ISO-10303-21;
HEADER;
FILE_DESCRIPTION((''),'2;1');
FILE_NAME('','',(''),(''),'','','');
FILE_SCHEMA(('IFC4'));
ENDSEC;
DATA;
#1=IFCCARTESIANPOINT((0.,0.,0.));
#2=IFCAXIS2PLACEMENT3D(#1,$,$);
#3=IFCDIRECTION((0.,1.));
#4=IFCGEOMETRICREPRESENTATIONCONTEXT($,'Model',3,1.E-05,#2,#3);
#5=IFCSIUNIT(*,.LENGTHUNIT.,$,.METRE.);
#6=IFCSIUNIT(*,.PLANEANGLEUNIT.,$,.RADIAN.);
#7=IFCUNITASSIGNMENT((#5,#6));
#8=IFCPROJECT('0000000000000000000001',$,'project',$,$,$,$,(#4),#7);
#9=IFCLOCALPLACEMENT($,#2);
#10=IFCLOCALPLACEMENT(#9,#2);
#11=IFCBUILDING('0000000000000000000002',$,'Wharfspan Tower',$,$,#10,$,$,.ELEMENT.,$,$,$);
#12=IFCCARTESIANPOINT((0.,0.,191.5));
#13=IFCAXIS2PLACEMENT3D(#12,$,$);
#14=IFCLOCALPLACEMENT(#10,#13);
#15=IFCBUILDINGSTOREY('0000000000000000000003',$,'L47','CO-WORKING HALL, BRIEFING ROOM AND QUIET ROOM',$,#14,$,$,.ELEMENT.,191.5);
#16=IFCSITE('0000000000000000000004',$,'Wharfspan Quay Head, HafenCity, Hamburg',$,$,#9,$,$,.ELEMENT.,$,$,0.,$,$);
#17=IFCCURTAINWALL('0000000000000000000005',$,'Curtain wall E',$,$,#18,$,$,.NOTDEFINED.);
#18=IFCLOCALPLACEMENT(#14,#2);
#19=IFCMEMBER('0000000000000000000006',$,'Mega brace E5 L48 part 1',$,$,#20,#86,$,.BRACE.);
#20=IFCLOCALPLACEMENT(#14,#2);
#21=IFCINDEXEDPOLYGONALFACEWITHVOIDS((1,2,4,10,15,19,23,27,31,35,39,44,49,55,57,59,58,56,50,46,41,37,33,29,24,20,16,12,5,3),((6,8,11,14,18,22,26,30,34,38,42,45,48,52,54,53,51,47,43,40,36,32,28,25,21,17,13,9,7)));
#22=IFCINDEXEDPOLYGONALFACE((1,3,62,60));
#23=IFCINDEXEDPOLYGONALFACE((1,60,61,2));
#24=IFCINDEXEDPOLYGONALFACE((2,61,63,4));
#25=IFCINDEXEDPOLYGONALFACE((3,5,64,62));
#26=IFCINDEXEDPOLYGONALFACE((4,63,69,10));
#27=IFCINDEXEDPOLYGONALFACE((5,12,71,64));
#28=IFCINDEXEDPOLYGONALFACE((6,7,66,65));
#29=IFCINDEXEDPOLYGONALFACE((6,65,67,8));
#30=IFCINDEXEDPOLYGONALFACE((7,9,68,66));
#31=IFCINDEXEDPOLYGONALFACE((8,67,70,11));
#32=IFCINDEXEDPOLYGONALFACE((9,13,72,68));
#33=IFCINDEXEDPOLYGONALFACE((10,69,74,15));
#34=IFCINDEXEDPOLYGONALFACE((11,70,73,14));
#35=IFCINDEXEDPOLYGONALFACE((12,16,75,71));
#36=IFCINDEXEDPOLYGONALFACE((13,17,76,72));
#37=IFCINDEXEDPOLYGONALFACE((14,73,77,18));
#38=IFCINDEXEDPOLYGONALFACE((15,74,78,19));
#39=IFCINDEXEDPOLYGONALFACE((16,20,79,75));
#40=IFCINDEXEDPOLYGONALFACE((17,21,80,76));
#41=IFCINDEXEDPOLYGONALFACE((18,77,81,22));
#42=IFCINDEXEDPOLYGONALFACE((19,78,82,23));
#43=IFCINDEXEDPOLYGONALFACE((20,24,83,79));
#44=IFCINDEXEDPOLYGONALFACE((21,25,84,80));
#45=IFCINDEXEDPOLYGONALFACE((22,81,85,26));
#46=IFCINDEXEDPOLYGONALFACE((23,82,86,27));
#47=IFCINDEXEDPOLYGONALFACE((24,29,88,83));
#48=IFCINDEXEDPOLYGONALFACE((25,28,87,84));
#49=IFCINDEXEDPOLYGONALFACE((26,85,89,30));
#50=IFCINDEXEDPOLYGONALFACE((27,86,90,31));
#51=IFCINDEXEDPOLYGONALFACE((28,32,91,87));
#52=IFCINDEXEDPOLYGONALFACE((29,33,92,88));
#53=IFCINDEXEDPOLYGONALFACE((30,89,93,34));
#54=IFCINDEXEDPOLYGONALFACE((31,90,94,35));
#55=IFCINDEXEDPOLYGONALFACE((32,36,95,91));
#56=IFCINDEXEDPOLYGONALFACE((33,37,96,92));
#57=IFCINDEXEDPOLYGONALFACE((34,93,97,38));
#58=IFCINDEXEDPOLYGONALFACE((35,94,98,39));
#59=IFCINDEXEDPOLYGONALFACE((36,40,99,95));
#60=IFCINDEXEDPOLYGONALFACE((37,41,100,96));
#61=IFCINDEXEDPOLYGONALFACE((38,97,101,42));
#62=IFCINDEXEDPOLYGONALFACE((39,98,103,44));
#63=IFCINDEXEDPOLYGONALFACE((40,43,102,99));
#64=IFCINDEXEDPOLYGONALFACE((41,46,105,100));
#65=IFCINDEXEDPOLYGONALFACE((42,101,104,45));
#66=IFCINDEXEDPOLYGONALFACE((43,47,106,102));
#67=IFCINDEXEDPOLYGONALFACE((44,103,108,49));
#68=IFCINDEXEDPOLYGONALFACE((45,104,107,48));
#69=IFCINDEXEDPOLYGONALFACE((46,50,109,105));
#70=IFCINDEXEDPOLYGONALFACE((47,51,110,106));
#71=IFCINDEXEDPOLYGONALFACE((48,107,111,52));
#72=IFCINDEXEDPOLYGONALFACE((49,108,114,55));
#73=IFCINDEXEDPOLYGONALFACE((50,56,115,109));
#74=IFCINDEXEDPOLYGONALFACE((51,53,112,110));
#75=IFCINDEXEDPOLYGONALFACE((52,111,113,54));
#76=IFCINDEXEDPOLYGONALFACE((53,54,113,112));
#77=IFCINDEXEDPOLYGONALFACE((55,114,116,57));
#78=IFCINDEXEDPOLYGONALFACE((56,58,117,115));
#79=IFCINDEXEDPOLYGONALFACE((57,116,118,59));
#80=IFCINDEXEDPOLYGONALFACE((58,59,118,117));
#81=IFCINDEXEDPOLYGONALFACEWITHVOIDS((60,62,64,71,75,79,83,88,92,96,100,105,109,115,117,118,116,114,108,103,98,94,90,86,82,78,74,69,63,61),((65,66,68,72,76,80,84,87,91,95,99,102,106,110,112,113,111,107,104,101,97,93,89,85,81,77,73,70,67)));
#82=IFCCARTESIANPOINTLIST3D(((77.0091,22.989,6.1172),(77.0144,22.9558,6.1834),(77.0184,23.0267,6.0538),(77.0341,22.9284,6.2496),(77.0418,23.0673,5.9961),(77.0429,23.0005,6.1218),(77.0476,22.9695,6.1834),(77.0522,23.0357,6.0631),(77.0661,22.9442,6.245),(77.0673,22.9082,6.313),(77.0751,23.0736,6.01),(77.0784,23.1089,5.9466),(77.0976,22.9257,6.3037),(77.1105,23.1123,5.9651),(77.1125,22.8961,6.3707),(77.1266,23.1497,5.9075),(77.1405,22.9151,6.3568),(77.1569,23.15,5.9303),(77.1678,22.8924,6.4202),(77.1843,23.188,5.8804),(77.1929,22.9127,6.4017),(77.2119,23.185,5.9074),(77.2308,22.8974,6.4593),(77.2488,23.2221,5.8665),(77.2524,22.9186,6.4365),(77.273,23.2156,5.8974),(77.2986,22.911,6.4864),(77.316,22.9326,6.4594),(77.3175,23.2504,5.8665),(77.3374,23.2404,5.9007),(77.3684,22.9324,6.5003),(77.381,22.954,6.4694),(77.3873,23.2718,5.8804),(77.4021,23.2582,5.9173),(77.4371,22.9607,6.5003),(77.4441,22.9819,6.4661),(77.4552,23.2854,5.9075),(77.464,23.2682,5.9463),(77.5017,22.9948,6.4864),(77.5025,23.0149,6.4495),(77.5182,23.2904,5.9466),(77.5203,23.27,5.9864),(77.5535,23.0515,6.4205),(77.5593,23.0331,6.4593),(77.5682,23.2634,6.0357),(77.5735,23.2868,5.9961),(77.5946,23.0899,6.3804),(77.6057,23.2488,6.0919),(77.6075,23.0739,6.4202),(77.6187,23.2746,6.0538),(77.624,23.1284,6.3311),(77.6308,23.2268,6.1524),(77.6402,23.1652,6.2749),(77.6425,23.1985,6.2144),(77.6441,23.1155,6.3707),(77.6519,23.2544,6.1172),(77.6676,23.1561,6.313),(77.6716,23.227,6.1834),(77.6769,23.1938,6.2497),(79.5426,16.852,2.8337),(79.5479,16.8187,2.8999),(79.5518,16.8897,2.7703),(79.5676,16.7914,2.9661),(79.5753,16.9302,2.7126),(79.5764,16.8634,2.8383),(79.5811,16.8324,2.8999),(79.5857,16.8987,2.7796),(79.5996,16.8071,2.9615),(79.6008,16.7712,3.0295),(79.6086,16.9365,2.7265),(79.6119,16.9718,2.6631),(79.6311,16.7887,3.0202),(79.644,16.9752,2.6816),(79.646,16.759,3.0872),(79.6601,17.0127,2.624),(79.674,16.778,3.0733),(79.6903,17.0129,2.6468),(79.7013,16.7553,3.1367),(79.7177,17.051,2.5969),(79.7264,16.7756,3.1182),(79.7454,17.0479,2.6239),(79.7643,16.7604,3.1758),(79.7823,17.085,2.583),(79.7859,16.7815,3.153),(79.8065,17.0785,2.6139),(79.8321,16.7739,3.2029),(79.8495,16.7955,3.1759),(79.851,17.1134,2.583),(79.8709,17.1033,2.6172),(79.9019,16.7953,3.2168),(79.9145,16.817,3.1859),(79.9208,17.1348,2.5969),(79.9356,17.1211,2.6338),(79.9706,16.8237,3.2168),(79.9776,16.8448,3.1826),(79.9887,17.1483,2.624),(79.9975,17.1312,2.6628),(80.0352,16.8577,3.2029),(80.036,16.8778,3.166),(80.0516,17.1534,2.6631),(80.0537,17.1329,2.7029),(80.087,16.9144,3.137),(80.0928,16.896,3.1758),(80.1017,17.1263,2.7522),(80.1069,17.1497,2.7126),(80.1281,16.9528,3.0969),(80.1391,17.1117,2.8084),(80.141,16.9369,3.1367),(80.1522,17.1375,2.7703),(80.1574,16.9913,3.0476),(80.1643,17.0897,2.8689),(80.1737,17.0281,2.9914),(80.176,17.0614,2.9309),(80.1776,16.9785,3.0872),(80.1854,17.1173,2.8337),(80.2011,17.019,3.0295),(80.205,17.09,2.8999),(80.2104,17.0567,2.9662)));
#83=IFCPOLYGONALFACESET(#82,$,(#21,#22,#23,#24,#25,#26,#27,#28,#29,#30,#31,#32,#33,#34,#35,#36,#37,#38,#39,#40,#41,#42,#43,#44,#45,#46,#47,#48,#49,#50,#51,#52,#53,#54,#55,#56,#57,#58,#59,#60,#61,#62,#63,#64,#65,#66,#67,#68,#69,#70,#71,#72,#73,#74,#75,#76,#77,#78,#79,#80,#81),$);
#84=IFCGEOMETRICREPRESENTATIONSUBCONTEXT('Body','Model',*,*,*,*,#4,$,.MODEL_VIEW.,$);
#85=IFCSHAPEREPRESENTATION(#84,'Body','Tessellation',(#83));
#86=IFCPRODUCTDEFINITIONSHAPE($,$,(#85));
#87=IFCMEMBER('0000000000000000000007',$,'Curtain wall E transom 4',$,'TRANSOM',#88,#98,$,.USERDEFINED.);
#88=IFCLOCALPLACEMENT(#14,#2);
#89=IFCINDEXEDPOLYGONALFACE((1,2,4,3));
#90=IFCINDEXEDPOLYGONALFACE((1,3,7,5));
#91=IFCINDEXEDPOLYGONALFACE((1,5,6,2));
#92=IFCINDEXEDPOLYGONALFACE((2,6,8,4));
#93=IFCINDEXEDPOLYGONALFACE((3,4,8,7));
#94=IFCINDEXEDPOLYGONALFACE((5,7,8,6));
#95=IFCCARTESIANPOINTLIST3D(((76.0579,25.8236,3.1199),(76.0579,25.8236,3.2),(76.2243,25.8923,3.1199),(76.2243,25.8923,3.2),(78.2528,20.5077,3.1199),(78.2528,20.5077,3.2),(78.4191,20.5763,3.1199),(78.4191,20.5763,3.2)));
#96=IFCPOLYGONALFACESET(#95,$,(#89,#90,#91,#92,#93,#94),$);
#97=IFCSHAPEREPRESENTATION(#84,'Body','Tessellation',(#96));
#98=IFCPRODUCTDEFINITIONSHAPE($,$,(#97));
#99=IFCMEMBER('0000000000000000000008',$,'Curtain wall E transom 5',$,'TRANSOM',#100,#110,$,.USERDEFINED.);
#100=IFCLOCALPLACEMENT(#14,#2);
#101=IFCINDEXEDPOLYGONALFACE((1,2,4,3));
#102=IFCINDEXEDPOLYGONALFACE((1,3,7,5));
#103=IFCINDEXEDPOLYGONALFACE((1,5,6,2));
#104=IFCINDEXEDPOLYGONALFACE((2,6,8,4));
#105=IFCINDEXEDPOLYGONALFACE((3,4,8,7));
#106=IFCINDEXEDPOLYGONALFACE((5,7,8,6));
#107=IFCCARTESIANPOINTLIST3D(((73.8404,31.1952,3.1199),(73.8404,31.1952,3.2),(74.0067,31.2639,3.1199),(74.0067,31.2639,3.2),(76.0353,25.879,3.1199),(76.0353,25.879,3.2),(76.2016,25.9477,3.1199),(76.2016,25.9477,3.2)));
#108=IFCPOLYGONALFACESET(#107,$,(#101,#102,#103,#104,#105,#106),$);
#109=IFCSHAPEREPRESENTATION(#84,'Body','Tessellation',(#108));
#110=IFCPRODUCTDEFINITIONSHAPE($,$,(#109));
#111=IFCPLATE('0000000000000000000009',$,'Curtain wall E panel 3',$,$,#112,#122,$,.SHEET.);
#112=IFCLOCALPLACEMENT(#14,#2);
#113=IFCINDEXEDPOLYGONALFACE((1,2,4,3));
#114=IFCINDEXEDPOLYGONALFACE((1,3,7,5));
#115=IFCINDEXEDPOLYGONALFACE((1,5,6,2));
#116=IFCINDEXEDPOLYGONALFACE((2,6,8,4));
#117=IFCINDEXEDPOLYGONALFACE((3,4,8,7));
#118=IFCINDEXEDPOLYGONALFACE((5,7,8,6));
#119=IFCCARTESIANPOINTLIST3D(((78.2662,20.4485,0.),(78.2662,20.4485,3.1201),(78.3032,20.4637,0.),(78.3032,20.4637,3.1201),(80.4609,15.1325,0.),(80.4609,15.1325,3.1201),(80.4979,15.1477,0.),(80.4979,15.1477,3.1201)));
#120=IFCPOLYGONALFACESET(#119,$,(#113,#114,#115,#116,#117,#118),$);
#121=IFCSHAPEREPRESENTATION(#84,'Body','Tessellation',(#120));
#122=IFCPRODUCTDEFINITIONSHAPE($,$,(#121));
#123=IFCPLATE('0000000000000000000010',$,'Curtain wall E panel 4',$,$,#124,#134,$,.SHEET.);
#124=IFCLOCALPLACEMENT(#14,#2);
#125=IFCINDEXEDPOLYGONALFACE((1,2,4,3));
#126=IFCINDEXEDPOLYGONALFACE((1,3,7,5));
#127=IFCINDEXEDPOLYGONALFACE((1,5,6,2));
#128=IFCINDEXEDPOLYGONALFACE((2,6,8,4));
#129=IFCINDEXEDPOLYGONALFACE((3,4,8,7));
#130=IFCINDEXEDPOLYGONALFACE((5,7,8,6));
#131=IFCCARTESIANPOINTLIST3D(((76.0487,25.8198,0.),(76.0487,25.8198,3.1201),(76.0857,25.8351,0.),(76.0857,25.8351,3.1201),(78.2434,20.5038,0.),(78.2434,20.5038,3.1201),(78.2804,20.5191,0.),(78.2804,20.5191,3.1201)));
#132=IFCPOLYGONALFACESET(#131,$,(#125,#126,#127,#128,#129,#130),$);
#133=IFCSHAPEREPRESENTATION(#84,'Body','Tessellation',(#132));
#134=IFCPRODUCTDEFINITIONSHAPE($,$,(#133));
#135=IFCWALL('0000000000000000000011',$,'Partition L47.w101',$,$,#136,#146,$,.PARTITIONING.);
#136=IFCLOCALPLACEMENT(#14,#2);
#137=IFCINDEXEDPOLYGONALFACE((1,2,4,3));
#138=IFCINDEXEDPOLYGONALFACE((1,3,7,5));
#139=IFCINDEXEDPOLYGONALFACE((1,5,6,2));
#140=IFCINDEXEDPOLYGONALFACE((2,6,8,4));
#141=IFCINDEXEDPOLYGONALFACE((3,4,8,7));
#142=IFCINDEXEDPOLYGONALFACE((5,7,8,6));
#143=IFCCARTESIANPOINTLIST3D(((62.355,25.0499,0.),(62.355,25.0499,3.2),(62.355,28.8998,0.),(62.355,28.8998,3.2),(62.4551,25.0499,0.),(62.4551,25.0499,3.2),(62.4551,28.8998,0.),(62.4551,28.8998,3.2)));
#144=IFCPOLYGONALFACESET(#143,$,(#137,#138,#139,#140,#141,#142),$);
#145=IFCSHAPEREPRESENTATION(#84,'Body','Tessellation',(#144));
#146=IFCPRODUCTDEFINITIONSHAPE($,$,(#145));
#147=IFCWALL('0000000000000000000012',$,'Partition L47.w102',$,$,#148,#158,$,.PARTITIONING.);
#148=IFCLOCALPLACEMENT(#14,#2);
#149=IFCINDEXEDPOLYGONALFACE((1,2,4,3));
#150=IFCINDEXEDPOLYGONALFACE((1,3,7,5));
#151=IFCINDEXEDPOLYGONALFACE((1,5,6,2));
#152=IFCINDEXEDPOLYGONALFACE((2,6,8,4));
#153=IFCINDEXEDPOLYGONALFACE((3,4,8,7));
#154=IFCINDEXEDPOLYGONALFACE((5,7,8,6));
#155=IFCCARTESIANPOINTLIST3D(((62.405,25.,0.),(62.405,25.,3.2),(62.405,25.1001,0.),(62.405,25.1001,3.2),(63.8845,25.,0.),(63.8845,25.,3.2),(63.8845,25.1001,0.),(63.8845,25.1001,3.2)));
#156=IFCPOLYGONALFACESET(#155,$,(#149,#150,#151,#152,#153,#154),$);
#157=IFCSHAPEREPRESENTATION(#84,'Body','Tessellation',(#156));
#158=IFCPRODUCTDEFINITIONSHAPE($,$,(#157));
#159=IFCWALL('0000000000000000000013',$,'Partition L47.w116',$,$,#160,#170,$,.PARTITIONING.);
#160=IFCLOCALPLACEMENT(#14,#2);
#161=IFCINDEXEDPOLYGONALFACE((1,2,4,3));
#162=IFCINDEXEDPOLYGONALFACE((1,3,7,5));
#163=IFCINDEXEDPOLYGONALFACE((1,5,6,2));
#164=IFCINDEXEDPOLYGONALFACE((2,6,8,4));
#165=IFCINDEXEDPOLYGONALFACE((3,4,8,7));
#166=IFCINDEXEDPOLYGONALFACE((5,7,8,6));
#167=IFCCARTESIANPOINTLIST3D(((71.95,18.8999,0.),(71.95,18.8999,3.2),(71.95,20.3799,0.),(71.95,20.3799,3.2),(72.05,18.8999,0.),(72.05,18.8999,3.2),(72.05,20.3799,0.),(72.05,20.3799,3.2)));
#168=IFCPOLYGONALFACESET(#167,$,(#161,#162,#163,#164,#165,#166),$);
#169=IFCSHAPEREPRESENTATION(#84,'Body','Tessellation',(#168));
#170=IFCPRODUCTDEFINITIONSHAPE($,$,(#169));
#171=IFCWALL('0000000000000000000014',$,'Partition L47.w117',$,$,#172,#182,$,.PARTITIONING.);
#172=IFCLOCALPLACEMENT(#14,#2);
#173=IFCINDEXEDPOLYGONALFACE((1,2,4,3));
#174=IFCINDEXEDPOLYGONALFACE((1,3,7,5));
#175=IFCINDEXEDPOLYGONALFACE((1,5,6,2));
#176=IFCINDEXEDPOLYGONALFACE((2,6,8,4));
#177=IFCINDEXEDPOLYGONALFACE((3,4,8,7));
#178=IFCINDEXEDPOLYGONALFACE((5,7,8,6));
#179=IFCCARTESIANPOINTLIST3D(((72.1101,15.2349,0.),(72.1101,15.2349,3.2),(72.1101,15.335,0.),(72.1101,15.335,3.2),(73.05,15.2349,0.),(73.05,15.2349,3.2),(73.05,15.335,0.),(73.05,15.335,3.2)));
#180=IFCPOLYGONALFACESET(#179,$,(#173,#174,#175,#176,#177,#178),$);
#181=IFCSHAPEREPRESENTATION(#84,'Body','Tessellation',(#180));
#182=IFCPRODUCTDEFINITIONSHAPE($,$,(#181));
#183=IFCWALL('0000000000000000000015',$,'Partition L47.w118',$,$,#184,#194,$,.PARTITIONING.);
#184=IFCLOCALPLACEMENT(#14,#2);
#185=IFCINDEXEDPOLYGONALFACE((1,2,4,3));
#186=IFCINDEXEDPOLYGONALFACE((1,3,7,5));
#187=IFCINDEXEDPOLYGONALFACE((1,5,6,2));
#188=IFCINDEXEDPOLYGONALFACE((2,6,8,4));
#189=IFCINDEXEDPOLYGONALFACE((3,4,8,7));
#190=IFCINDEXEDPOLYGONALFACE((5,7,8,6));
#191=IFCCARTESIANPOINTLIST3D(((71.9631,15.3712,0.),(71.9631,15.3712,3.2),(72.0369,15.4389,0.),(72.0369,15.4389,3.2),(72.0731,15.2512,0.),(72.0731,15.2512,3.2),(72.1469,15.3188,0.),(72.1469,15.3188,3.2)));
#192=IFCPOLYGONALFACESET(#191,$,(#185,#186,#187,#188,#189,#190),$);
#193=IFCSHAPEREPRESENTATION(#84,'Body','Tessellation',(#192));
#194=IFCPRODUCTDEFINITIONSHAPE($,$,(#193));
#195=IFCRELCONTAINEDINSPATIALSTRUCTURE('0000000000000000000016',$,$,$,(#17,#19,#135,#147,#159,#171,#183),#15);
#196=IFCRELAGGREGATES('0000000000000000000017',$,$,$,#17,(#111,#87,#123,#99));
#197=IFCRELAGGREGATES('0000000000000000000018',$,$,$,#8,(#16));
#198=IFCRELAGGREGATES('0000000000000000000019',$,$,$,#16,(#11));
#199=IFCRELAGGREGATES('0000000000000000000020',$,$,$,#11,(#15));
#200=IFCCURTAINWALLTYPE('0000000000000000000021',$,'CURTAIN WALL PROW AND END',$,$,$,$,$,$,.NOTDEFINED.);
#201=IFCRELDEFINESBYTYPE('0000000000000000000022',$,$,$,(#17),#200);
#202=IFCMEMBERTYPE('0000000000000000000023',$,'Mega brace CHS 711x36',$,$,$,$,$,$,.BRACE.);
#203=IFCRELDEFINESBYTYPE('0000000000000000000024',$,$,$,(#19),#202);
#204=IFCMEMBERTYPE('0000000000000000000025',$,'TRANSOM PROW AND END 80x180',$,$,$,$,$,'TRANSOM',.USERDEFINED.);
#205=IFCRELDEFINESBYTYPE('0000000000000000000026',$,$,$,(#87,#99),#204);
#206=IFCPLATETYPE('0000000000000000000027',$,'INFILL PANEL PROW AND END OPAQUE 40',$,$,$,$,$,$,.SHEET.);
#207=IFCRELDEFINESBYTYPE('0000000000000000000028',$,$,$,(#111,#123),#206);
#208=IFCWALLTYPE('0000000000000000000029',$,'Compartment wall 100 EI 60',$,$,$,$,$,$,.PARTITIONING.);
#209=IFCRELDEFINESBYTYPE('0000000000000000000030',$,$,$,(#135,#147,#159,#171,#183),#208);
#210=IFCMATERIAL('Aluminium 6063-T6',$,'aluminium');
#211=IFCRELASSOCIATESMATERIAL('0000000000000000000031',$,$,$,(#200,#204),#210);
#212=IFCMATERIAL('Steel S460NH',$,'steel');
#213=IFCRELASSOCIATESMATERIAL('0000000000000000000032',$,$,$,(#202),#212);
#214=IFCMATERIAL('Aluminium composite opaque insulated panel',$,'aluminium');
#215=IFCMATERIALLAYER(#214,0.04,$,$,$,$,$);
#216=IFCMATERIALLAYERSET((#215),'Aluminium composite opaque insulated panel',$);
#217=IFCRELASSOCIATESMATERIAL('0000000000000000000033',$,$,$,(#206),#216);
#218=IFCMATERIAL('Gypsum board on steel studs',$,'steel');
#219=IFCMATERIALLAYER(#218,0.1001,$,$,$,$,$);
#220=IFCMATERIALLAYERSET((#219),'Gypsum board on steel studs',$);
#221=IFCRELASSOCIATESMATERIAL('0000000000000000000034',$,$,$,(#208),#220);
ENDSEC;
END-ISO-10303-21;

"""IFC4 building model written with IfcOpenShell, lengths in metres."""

from ifc_helpers import new_model, si_unit, direction, frame, frame_2d, origin, origin_2d, place, context, subcontext, project, spatial, rectangle, hollow_circle, extrude, material, layer, layer_set, material_profile, profile_set, type_object, element, aggregate, save


model = new_model("IFC4")

# Units and contexts
model_context = context("Model", 3, precision=1e-05, world=origin(), true_north=direction((0.0, 1.0)))
body_context = subcontext(model_context, "Body", "Model", "MODEL_VIEW")
ifc_project = project(units=[si_unit("LENGTHUNIT", "METRE"), si_unit("PLANEANGLEUNIT", "RADIAN")], contexts=[model_context])

# Site, building, storey
site_placement = place(None, origin())
site = spatial("IfcSite", under=ifc_project, at=site_placement, Name="Wharfspan Quay Head, HafenCity, Hamburg", CompositionType="ELEMENT", RefElevation=0.0)
building_placement = place(site_placement, origin())
building = spatial("IfcBuilding", under=site, at=building_placement, Name="Wharfspan Tower", CompositionType="ELEMENT")
storey_placement = place(building_placement, frame((0.0, 0.0, 191.5)))
storey = spatial("IfcBuildingStorey", under=building, at=storey_placement, Name="L47", Description="CO-WORKING HALL, BRIEFING ROOM AND QUIET ROOM", CompositionType="ELEMENT", Elevation=191.5)

# Curtain wall
ifc_material_1 = material(Name="Aluminium 6063-T6", Category="aluminium")
curtain_wall_type = type_object("IfcCurtainWallType", Name="CURTAIN WALL PROW AND END", PredefinedType="NOTDEFINED", material=ifc_material_1)
curtain_wall_placement = place(storey_placement, origin())
curtain_wall = element("IfcCurtainWall", 1, at=curtain_wall_placement, inside=storey, type_object=curtain_wall_type, Name="Curtain wall E", PredefinedType="NOTDEFINED")

# Members
ifc_material_2 = material(Name="Steel S460NH", Category="steel")
ifc_material_profile_1 = material_profile(ifc_material_2, hollow_circle(Radius=0.3555, WallThickness=0.0359, at=origin_2d()))
ifc_profile_set_1 = profile_set([ifc_material_profile_1], Name="Steel S460NH")
member_type_1 = type_object("IfcMemberType", Name="Mega brace CHS 711x36", PredefinedType="BRACE", material=ifc_profile_set_1)
member_1_placement = place(storey_placement, frame((79.8765, 16.9543, 2.8999), z_axis=(-0.34204, 0.82855, 0.443298), x_axis=(-0.924336, -0.38158, -0.000004)))
element("IfcMember", 2, at=member_1_placement, inside=storey, type_object=member_type_1, Name="Mega brace E5 L48 part 1", PredefinedType="BRACE", context=body_context, shape_type="SweptSolid", body=[
    extrude(hollow_circle(Radius=0.3555, WallThickness=0.0359, at=origin_2d()), origin(), (0.0, 0.0, 1.0), 7.407),
])
ifc_material_profile_2 = material_profile(ifc_material_1, rectangle(XDim=0.1799, YDim=0.0801, at=origin_2d()))
ifc_profile_set_2 = profile_set([ifc_material_profile_2], Name="Aluminium 6063-T6")
member_type_2 = type_object("IfcMemberType", Name="TRANSOM PROW AND END 80x180", ElementType="TRANSOM", PredefinedType="USERDEFINED", material=ifc_profile_set_2)
member_2_placement = place(storey_placement, frame((78.3359, 20.542, 3.1599), z_axis=(-0.381629, 0.924315, 0.0), x_axis=(-0.924315, -0.381629, 0.0)))
member_2 = element("IfcMember", 3, at=member_2_placement, type_object=member_type_2, Name="Curtain wall E transom 4", ObjectType="TRANSOM", PredefinedType="USERDEFINED", context=body_context, shape_type="SweptSolid", body=[
    extrude(rectangle(XDim=0.1799, YDim=0.0801, at=origin_2d()), origin(), (0.0, 0.0, 1.0), 5.7512),
])
member_3_placement = place(storey_placement, frame((76.1184, 25.9133, 3.1599), z_axis=(-0.381614, 0.924322, 0.0), x_axis=(-0.924322, -0.381614, 0.0)))
member_3 = element("IfcMember", 4, at=member_3_placement, type_object=member_type_2, Name="Curtain wall E transom 5", ObjectType="TRANSOM", PredefinedType="USERDEFINED", context=body_context, shape_type="SweptSolid", body=[
    extrude(rectangle(XDim=0.1799, YDim=0.0801, at=origin_2d()), origin(), (0.0, 0.0, 1.0), 5.7515),
])

# Plates
ifc_material_3 = material(Name="Aluminium composite opaque insulated panel", Category="aluminium")
ifc_layer_1 = layer(ifc_material_3, 0.04)
ifc_layer_set_1 = layer_set([ifc_layer_1], Name="Aluminium composite opaque insulated panel")
plate_type = type_object("IfcPlateType", Name="INFILL PANEL PROW AND END OPAQUE 40", PredefinedType="SHEET", material=ifc_layer_set_1)
plate_1_placement = place(storey_placement, frame((79.3821, 17.7981, 0.0), z_axis=(0.0, 0.0, 1.0), x_axis=(-0.381602, 0.924325, 0.0)))
plate_1 = element("IfcPlate", 5, at=plate_1_placement, type_object=plate_type, Name="Curtain wall E panel 3", PredefinedType="SHEET", context=body_context, shape_type="SweptSolid", body=[
    extrude(rectangle(XDim=5.7512, YDim=0.04, at=origin_2d()), origin(), (0.0, 0.0, 1.0), 3.1201),
])
plate_2_placement = place(storey_placement, frame((77.1646, 23.1694, 0.0), z_axis=(0.0, 0.0, 1.0), x_axis=(-0.381602, 0.924325, 0.0)))
plate_2 = element("IfcPlate", 6, at=plate_2_placement, type_object=plate_type, Name="Curtain wall E panel 4", PredefinedType="SHEET", context=body_context, shape_type="SweptSolid", body=[
    extrude(rectangle(XDim=5.7512, YDim=0.04, at=origin_2d()), origin(), (0.0, 0.0, 1.0), 3.1201),
])
aggregate(curtain_wall, [plate_1, member_2, plate_2, member_3])

# Walls
ifc_material_4 = material(Name="Gypsum board on steel studs", Category="steel")
ifc_layer_2 = layer(ifc_material_4, 0.1001)
ifc_layer_set_2 = layer_set([ifc_layer_2], Name="Gypsum board on steel studs")
wall_type_1 = type_object("IfcWallType", Name="Compartment wall 100 EI 60", PredefinedType="PARTITIONING", material=ifc_layer_set_2)
wall_1_placement = place(storey_placement, frame((62.405, 25.05, 0.0), z_axis=(0.0, 0.0, 1.0), x_axis=(0.0, 1.0, 0.0)))
element("IfcWall", 7, at=wall_1_placement, inside=storey, type_object=wall_type_1, Name="Partition L47.w101", PredefinedType="PARTITIONING", context=body_context, shape_type="SweptSolid", body=[
    extrude(rectangle(XDim=3.8499, YDim=0.1001, at=frame_2d((1.9248, 0.0))), origin(), (0.0, 0.0, 1.0), 3.2),
])
wall_2_placement = place(storey_placement, frame((62.405, 25.05, 0.0), z_axis=(0.0, 0.0, 1.0), x_axis=(1.0, 0.0, 0.0)))
element("IfcWall", 8, at=wall_2_placement, inside=storey, type_object=wall_type_1, Name="Partition L47.w102", PredefinedType="PARTITIONING", context=body_context, shape_type="SweptSolid", body=[
    extrude(rectangle(XDim=1.4795, YDim=0.1001, at=frame_2d((0.7397, 0.0))), origin(), (0.0, 0.0, 1.0), 3.2),
])
wall_3_placement = place(storey_placement, frame((72.0, 18.8999, 0.0), z_axis=(0.0, 0.0, 1.0), x_axis=(0.0, 1.0, 0.0)))
element("IfcWall", 9, at=wall_3_placement, inside=storey, type_object=wall_type_1, Name="Partition L47.w116", PredefinedType="PARTITIONING", context=body_context, shape_type="SweptSolid", body=[
    extrude(rectangle(XDim=1.48, YDim=0.1001, at=frame_2d((0.74, 0.0))), origin(), (0.0, 0.0, 1.0), 3.2),
])
wall_4_placement = place(storey_placement, frame((72.1101, 15.2849, 0.0), z_axis=(0.0, 0.0, 1.0), x_axis=(1.0, 0.0, 0.0)))
element("IfcWall", 10, at=wall_4_placement, inside=storey, type_object=wall_type_1, Name="Partition L47.w117", PredefinedType="PARTITIONING", context=body_context, shape_type="SweptSolid", body=[
    extrude(rectangle(XDim=0.9399, YDim=0.1001, at=frame_2d((0.47, 0.0))), origin(), (0.0, 0.0, 1.0), 3.2),
])
wall_5_placement = place(storey_placement, frame((72.1101, 15.2849, 0.0), z_axis=(0.0, 0.0, 1.0), x_axis=(-0.675728, 0.737158, 0.0)))
element("IfcWall", 11, at=wall_5_placement, inside=storey, type_object=wall_type_1, Name="Partition L47.w118", PredefinedType="PARTITIONING", context=body_context, shape_type="SweptSolid", body=[
    extrude(rectangle(XDim=0.1628, YDim=0.1001, at=frame_2d((0.0815, 0.0))), origin(), (0.0, 0.0, 1.0), 3.2),
])

save(model, "model.ifc")
